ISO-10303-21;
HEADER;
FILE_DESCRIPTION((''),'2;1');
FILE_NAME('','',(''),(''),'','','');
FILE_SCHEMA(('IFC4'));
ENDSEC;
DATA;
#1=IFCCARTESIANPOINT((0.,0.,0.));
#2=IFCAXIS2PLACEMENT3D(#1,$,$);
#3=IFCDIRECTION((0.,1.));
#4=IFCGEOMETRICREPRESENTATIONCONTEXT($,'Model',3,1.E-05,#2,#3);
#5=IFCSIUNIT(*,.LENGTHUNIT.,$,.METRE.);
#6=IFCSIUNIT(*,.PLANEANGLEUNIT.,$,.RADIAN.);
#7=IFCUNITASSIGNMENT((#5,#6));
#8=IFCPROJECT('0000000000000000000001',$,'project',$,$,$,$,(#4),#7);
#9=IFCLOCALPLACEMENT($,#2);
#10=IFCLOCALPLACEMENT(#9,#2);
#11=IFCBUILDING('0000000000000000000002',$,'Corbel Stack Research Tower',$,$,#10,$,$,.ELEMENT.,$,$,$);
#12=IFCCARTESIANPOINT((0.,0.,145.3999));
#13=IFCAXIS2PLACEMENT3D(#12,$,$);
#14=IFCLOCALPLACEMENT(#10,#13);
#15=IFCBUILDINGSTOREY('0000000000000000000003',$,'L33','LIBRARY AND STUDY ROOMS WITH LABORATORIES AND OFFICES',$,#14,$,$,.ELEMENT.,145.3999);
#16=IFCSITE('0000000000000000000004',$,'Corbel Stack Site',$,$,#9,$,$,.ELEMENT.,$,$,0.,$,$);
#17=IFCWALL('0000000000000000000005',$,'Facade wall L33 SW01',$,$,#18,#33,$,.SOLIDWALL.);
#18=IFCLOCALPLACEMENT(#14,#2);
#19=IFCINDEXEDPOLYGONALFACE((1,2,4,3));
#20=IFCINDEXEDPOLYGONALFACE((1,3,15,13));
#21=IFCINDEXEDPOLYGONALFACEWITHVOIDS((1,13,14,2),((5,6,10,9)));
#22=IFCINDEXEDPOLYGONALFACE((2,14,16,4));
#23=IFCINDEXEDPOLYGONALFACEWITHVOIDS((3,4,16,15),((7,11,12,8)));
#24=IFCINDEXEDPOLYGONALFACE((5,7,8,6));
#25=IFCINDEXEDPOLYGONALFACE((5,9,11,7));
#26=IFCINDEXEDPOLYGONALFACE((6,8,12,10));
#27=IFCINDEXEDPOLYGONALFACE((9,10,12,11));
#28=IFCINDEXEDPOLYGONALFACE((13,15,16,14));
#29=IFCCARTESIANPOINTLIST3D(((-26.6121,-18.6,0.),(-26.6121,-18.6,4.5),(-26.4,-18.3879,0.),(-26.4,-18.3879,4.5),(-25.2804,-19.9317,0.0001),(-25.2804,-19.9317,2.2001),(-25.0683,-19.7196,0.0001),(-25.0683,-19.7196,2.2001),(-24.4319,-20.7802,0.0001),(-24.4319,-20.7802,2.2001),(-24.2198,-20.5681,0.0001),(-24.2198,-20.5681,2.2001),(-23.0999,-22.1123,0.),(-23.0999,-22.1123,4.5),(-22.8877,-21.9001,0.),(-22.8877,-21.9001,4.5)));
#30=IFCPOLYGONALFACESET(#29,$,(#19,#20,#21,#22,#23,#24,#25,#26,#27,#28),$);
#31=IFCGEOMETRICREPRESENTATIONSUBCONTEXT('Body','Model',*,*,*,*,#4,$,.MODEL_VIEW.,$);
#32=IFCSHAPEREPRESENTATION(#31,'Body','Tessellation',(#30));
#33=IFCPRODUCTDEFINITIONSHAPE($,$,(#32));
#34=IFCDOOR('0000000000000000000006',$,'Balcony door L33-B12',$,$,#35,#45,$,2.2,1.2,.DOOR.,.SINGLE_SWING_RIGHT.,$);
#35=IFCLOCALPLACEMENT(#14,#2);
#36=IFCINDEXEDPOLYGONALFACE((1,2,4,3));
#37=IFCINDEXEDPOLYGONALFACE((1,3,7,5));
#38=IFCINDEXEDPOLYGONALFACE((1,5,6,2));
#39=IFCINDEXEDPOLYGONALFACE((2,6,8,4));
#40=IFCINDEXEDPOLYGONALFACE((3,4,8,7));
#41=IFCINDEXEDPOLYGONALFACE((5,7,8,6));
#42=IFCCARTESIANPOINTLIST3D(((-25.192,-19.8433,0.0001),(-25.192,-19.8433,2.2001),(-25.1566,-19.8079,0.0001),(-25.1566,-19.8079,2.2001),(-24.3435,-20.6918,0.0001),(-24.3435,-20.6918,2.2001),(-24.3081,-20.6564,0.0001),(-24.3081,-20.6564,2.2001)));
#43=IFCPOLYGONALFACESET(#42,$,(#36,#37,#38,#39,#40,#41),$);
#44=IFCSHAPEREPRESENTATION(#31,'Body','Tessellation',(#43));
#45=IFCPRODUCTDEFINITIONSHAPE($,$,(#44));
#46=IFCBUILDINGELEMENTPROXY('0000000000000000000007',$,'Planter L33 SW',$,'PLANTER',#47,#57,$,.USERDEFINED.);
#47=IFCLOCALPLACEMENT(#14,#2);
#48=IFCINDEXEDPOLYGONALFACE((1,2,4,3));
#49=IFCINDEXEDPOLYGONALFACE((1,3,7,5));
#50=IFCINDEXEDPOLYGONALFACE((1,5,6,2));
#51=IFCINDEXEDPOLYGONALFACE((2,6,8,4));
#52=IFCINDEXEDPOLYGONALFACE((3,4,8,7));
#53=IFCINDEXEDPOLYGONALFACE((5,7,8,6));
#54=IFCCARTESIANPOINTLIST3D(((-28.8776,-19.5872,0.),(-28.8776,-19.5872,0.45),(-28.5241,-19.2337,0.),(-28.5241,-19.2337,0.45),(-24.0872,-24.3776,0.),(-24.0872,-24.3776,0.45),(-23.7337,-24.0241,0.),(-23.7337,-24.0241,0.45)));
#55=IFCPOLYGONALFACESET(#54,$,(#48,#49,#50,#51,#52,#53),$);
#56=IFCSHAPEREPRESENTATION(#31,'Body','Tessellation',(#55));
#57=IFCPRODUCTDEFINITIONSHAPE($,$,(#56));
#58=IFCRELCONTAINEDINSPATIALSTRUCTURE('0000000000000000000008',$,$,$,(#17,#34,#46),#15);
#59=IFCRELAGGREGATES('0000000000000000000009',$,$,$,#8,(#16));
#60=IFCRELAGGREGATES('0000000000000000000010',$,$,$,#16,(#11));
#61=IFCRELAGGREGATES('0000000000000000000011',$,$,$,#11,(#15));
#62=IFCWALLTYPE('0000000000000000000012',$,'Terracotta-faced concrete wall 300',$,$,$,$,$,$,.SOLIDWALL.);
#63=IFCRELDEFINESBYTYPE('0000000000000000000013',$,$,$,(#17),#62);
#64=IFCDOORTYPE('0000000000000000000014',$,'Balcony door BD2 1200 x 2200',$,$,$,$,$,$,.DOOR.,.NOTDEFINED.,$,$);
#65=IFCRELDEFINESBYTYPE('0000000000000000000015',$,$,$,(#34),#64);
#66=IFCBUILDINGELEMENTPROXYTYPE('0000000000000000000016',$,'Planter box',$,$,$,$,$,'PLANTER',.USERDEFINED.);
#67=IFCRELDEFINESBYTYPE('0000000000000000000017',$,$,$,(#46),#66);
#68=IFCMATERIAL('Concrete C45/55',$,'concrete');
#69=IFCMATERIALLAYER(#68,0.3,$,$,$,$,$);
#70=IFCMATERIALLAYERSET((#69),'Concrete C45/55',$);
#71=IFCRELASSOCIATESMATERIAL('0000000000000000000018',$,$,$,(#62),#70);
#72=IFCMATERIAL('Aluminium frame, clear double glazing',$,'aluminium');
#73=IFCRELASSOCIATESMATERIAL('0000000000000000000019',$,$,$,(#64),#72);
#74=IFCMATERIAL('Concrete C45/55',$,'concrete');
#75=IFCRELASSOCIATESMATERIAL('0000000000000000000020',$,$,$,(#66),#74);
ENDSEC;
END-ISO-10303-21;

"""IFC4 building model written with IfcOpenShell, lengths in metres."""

from ifc_helpers import new_model, si_unit, direction, frame, frame_2d, origin, origin_2d, place, context, subcontext, project, spatial, rectangle, extrude, material, layer, layer_set, type_object, element, fill, save


model = new_model("IFC4")

# Units and contexts
model_context = context("Model", 3, precision=1e-05, world=origin(), true_north=direction((0.0, 1.0)))
body_context = subcontext(model_context, "Body", "Model", "MODEL_VIEW")
ifc_project = project(units=[si_unit("LENGTHUNIT", "METRE"), si_unit("PLANEANGLEUNIT", "RADIAN")], contexts=[model_context])

# Site, building, storey
site_placement = place(None, origin())
site = spatial("IfcSite", under=ifc_project, at=site_placement, Name="Corbel Stack Site", CompositionType="ELEMENT", RefElevation=0.0)
building_placement = place(site_placement, origin())
building = spatial("IfcBuilding", under=site, at=building_placement, Name="Corbel Stack Research Tower", CompositionType="ELEMENT")
storey_placement = place(building_placement, frame((0.0, 0.0, 145.3999)))
storey = spatial("IfcBuildingStorey", under=building, at=storey_placement, Name="L33", Description="LIBRARY AND STUDY ROOMS WITH LABORATORIES AND OFFICES", CompositionType="ELEMENT", Elevation=145.3999)

# Wall, opening, door
ifc_material_1 = material(Name="Concrete C45/55", Category="concrete")
ifc_layer_1 = layer(ifc_material_1, 0.3)
ifc_layer_set_1 = layer_set([ifc_layer_1], Name="Concrete C45/55")
wall_type = type_object("IfcWallType", Name="Terracotta-faced concrete wall 300", PredefinedType="SOLIDWALL", material=ifc_layer_set_1)
wall_placement = place(storey_placement, frame((-22.9939, -22.0061, 0.0), z_axis=(0.0, 0.0, 1.0), x_axis=(-0.707107, 0.707107, 0.0)))
wall = element("IfcWall", 1, at=wall_placement, inside=storey, type_object=wall_type, Name="Facade wall L33 SW01", PredefinedType="SOLIDWALL", context=body_context, shape_type="SweptSolid", body=[
    extrude(rectangle(XDim=4.967, YDim=0.3, at=frame_2d((2.4834, 0.0))), origin(), (0.0, 0.0, 1.0), 4.5),
])
opening_placement = place(wall_placement, frame((1.8835, 0.0, 0.0)))
opening = element("IfcOpeningElement", 2, at=opening_placement, cuts=wall, PredefinedType="OPENING", context=body_context, shape_type="SweptSolid", body=[
    extrude(rectangle(XDim=1.2, YDim=2.2, at=frame_2d((0.6001, 1.1001))), frame((0.0, 0.1599, 0.0), z_axis=(0.0, -1.0, 0.0), x_axis=(1.0, 0.0, 0.0)), (0.0, 0.0, 1.0), 0.3201),
])
ifc_material_2 = material(Name="Aluminium frame, clear double glazing", Category="aluminium")
door_type = type_object("IfcDoorType", Name="Balcony door BD2 1200 x 2200", OperationType="NOTDEFINED", PredefinedType="DOOR", material=ifc_material_2)
door_placement = place(opening_placement, origin())
door = element("IfcDoor", 3, at=door_placement, inside=storey, type_object=door_type, Name="Balcony door L33-B12", OperationType="SINGLE_SWING_RIGHT", OverallHeight=2.2, OverallWidth=1.2, PredefinedType="DOOR", context=body_context, shape_type="SweptSolid", body=[
    extrude(rectangle(XDim=1.2, YDim=2.2, at=frame_2d((0.6001, 1.1001))), frame((0.0, 0.0249, 0.0), z_axis=(0.0, -1.0, 0.0), x_axis=(1.0, 0.0, 0.0)), (0.0, 0.0, 1.0), 0.05),
])
fill(opening, door)

# Building element proxy
ifc_material_3 = material(Name="Concrete C45/55", Category="concrete")
building_element_proxy_type = type_object("IfcBuildingElementProxyType", Name="Planter box", ElementType="PLANTER", PredefinedType="USERDEFINED", material=ifc_material_3)
proxy_placement = place(storey_placement, frame((-26.3057, -21.8057, 0.0), z_axis=(0.0, 0.0, 1.0), x_axis=(0.707107, -0.707107, 0.0)))
element("IfcBuildingElementProxy", 4, at=proxy_placement, inside=storey, type_object=building_element_proxy_type, Name="Planter L33 SW", ObjectType="PLANTER", PredefinedType="USERDEFINED", context=body_context, shape_type="SweptSolid", body=[
    extrude(rectangle(XDim=6.7747, YDim=0.5, at=origin_2d()), origin(), (0.0, 0.0, 1.0), 0.45),
])

save(model, "model.ifc")
